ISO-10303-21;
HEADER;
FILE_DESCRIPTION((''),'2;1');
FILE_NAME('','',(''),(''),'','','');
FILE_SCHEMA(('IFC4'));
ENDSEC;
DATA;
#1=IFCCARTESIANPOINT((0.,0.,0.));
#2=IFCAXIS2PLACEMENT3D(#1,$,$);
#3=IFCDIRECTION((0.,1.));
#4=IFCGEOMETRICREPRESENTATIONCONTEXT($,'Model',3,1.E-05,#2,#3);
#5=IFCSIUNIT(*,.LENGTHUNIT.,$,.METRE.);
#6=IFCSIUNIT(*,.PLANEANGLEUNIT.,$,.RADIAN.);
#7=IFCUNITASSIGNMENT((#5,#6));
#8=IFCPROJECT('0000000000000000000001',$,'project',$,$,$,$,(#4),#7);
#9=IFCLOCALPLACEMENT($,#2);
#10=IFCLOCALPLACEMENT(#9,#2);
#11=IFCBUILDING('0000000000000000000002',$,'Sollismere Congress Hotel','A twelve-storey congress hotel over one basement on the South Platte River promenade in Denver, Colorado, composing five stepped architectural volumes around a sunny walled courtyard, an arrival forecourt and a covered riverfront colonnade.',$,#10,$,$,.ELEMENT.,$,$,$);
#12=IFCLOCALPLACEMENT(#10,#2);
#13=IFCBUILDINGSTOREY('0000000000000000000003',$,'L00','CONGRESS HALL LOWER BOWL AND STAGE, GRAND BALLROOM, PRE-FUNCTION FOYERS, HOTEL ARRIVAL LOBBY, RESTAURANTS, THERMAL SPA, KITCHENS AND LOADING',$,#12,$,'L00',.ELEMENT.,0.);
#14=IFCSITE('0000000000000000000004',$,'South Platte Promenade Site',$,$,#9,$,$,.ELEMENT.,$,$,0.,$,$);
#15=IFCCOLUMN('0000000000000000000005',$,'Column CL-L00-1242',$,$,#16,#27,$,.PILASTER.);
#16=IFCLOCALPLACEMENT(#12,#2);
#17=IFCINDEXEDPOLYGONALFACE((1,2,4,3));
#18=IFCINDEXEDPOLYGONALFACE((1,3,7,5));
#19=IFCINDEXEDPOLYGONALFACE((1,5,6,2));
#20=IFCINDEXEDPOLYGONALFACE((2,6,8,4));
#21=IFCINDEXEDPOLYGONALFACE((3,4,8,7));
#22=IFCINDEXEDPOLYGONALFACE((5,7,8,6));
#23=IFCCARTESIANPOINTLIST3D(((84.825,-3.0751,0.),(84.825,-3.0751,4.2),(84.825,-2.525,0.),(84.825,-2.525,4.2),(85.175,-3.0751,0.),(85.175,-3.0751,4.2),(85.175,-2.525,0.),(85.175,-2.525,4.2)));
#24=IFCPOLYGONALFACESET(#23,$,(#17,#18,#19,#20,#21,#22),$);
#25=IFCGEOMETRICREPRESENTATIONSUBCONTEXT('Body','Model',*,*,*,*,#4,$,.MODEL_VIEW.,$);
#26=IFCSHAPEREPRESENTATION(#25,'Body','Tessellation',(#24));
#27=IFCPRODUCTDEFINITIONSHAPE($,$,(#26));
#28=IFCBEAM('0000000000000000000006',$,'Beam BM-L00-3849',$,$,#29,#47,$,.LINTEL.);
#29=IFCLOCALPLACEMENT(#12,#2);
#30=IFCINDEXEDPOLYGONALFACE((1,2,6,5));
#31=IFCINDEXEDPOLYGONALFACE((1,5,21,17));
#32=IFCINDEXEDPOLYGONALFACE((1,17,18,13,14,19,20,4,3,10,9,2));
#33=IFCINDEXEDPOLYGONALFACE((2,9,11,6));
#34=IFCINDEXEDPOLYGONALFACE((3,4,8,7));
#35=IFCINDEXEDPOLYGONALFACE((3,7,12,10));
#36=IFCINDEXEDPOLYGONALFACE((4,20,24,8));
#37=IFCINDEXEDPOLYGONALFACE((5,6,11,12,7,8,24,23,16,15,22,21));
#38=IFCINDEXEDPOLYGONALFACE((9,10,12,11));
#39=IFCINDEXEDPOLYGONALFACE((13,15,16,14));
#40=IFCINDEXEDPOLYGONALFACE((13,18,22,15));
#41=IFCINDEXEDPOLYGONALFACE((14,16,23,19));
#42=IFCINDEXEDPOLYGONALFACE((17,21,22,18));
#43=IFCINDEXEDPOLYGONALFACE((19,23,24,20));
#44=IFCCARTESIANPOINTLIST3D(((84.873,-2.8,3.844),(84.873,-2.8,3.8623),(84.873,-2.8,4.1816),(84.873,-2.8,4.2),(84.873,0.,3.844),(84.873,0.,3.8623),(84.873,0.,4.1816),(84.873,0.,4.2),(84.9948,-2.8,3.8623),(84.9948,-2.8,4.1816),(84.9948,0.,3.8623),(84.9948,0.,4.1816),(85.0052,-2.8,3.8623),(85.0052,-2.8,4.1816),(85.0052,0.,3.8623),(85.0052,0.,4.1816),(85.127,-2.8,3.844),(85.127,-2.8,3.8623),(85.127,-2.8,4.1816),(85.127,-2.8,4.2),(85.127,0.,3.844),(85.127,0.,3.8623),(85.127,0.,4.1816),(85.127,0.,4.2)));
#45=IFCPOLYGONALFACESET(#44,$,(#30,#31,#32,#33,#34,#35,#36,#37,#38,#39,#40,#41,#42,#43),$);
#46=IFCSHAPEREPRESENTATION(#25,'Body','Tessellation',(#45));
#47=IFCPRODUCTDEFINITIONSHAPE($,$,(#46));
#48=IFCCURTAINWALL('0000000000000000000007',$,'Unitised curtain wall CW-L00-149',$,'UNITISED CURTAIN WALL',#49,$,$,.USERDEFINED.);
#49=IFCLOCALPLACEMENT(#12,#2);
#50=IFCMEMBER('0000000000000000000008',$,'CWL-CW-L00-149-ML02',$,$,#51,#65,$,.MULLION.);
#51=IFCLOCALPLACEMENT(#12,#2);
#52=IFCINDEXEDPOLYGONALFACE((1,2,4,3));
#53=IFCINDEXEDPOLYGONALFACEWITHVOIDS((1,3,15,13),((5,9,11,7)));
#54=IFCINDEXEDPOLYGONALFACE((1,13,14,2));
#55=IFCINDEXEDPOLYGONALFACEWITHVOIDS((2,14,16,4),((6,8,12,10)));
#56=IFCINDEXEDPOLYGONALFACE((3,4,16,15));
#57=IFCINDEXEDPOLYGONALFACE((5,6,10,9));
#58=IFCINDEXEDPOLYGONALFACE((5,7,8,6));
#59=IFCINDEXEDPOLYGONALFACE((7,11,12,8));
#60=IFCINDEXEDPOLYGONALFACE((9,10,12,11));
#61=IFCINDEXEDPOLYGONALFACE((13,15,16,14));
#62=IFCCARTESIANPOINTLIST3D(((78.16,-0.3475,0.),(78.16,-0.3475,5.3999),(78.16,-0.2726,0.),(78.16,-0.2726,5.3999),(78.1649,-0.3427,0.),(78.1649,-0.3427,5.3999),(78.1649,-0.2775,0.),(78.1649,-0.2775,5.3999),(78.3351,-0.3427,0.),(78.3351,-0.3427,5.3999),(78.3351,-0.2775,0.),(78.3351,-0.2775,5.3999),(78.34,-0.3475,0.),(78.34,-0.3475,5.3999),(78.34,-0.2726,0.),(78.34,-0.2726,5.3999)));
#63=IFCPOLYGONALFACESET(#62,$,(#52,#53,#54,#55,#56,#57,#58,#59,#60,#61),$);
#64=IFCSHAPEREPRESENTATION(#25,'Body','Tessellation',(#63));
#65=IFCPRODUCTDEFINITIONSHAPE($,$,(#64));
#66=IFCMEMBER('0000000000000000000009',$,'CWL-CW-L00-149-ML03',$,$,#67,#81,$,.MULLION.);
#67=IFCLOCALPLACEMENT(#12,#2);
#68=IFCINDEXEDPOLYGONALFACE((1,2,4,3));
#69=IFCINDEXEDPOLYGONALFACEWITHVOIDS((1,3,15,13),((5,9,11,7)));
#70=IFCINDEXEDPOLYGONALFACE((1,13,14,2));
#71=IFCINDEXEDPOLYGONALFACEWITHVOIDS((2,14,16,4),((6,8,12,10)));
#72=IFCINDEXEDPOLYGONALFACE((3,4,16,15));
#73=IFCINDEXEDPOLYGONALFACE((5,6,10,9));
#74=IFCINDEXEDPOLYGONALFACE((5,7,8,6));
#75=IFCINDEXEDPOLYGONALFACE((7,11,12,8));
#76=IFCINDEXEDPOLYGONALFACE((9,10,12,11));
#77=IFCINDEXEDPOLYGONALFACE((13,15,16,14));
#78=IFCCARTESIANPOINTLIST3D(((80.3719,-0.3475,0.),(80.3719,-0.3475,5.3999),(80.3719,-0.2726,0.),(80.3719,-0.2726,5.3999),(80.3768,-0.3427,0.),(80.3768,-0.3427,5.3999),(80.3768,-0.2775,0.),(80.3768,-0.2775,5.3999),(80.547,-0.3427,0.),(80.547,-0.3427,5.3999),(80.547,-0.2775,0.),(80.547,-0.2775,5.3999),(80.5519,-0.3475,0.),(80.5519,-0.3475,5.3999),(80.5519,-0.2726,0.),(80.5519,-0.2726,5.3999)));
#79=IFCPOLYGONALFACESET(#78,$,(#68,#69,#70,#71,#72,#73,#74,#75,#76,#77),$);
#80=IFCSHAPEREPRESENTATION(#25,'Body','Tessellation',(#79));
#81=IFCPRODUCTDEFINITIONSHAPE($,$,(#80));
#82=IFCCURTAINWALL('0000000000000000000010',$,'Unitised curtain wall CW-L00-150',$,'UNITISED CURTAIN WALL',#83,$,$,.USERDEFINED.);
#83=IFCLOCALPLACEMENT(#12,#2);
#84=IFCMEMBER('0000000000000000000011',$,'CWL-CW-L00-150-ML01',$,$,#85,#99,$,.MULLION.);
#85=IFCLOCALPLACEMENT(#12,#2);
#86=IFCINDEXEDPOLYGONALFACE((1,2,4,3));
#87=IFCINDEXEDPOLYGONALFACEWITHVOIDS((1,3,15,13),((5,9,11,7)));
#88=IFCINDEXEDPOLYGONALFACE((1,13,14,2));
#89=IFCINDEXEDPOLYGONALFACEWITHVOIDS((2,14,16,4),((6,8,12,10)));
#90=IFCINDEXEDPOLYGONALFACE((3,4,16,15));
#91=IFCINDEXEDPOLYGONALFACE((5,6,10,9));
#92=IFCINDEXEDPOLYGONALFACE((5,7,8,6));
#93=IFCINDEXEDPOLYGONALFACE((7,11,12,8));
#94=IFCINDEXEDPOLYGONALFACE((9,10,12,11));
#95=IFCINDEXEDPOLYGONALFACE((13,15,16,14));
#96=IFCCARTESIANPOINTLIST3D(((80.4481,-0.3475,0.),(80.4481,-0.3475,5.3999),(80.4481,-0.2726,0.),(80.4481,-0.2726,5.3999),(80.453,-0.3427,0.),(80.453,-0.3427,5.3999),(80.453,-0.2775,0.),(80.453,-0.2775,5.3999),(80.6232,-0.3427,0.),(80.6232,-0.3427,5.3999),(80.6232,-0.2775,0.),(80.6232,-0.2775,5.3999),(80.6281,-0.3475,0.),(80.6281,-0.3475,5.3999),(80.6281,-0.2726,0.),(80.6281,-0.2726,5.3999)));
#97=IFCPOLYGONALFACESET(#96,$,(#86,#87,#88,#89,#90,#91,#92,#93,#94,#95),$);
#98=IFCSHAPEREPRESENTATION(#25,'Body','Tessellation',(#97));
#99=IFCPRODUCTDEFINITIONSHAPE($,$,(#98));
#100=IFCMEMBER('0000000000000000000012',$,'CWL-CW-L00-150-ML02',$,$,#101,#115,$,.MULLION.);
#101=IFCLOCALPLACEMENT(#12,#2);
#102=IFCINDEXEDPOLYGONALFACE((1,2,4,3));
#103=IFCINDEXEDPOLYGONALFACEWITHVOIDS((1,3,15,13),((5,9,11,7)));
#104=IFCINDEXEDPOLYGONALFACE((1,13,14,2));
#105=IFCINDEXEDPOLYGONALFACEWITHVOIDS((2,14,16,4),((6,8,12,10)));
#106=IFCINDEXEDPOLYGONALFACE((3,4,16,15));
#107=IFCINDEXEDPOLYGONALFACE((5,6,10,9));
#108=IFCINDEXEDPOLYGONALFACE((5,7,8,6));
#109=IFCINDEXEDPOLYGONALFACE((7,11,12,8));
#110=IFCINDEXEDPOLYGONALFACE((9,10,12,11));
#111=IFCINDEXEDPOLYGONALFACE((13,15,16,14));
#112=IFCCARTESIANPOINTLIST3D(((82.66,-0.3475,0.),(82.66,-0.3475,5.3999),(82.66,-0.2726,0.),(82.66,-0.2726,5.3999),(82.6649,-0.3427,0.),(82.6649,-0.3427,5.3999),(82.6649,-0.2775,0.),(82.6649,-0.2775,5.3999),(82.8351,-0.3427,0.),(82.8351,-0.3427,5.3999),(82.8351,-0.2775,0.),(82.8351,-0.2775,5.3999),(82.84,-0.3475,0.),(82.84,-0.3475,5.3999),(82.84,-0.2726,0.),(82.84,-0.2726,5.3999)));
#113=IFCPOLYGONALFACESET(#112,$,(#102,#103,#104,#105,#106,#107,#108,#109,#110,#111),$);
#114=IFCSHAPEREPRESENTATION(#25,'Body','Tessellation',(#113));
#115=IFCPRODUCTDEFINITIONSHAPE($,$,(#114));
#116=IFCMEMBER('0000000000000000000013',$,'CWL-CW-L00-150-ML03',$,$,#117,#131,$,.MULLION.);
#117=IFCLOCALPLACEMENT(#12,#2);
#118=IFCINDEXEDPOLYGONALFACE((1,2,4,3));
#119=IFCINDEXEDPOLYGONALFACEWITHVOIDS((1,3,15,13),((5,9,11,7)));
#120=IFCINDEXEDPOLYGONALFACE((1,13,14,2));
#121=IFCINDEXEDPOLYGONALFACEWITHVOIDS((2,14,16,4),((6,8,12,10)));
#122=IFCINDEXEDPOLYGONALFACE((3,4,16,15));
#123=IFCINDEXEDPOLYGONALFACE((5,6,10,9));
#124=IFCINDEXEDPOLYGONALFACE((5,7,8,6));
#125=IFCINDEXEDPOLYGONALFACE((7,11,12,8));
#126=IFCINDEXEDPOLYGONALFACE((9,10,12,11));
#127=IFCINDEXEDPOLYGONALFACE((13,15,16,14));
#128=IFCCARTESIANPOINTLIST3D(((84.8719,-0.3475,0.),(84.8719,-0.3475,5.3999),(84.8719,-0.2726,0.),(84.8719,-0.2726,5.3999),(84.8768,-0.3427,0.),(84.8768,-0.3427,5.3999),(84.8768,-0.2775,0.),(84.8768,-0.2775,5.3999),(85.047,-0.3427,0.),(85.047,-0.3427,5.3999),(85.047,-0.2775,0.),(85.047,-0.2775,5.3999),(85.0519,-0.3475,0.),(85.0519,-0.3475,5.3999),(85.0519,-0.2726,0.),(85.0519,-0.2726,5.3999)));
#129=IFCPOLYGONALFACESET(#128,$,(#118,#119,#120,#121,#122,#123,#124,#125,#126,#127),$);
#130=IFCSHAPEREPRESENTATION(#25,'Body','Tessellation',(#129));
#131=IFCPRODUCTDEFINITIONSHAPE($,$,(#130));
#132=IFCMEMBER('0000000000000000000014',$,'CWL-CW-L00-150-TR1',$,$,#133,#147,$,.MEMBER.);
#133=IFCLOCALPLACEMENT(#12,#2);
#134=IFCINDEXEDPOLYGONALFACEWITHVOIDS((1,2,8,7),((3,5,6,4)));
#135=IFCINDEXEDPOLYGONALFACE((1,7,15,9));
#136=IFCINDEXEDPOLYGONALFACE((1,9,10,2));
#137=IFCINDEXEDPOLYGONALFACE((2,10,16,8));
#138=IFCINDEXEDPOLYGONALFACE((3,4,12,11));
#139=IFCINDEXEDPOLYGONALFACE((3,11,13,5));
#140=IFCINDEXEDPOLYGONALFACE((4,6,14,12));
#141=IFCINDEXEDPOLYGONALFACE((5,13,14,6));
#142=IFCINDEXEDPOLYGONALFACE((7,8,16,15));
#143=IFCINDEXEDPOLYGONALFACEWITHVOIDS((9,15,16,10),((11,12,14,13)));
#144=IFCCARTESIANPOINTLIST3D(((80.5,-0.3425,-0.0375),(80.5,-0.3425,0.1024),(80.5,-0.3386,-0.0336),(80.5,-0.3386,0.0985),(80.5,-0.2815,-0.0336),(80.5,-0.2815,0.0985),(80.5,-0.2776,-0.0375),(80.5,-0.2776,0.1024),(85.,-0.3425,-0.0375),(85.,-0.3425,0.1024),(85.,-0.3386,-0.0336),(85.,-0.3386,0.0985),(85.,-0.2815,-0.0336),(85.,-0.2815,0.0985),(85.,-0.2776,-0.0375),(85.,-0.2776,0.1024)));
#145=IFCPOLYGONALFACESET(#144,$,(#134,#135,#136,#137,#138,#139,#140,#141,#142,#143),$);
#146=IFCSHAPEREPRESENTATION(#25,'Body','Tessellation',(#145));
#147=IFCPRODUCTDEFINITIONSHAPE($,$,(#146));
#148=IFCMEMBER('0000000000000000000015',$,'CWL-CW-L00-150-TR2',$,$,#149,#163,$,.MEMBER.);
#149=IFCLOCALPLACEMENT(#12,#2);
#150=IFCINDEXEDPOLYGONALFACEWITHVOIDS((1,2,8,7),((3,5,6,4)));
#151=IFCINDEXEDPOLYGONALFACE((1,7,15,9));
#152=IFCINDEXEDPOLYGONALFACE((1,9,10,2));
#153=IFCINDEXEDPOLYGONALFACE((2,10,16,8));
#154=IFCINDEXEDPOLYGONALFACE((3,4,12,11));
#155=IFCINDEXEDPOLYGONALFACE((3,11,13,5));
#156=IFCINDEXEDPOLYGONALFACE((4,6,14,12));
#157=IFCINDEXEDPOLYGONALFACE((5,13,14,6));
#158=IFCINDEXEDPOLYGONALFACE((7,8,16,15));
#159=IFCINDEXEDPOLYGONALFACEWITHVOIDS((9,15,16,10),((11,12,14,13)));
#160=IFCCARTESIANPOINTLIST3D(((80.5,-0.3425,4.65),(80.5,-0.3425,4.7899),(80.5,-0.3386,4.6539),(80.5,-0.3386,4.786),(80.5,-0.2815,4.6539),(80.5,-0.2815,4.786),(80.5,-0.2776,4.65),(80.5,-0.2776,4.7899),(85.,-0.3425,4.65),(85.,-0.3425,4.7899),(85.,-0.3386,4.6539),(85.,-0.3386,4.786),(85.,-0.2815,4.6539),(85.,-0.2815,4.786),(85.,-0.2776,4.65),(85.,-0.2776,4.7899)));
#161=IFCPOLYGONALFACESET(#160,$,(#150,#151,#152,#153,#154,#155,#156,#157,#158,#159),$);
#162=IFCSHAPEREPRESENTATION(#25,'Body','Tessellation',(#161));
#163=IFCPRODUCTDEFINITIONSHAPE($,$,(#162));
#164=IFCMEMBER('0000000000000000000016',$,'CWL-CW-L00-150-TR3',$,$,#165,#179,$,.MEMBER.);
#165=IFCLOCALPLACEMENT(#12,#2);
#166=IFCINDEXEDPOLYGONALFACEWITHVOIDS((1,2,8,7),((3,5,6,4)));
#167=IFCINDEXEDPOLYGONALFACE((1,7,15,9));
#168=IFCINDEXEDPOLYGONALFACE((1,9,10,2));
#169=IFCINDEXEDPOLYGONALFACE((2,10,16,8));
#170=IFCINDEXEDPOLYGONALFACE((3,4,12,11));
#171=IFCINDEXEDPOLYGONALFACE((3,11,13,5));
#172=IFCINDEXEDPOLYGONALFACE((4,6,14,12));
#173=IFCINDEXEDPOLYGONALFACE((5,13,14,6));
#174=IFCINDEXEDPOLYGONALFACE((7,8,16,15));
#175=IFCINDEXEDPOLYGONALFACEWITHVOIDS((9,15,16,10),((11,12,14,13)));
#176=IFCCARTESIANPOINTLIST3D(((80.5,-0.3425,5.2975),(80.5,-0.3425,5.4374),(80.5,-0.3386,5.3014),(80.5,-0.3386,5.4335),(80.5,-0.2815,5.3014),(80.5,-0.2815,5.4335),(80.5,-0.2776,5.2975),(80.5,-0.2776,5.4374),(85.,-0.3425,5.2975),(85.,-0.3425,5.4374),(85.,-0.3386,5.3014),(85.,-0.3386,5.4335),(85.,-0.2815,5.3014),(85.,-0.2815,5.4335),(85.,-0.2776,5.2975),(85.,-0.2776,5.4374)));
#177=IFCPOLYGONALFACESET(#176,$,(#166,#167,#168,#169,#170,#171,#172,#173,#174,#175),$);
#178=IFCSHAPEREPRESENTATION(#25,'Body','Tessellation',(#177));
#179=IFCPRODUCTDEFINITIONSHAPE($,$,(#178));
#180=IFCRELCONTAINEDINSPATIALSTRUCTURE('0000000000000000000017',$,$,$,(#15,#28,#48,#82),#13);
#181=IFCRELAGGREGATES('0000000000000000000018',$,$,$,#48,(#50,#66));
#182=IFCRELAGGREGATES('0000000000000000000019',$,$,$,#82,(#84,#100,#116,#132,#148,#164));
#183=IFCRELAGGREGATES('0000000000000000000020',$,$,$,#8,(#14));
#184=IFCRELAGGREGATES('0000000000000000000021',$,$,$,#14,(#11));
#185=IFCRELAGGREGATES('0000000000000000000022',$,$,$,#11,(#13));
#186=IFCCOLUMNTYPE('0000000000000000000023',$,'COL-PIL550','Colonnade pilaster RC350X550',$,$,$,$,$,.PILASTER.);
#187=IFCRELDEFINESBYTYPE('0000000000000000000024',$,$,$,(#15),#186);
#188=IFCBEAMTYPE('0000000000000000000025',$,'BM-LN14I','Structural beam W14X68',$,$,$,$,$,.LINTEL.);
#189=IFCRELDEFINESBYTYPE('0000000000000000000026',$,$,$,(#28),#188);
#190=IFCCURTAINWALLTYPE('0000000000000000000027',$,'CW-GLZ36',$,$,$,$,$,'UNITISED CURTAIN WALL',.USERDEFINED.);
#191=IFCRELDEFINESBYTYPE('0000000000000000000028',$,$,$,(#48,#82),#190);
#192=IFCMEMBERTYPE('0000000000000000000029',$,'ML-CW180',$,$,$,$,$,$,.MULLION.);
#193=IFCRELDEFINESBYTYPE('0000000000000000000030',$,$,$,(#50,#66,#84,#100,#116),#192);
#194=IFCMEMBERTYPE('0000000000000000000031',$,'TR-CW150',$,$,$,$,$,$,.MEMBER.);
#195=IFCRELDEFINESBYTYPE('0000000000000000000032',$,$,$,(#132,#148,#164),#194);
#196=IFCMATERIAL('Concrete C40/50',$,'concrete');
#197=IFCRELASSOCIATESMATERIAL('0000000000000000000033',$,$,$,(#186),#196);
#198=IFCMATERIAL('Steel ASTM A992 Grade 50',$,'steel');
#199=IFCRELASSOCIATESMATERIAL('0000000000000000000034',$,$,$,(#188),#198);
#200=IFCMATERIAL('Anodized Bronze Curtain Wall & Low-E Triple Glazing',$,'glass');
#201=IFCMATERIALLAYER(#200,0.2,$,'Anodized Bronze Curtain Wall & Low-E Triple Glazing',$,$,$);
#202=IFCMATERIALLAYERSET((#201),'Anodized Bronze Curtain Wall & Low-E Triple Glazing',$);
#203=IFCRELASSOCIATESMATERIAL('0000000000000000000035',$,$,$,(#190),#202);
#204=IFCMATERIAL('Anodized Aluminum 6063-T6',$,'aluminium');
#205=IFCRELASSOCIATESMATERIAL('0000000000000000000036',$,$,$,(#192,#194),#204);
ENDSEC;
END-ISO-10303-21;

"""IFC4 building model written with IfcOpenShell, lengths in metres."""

from ifc_helpers import new_model, si_unit, direction, frame, origin, origin_2d, place, context, subcontext, project, spatial, rectangle, hollow_rectangle, i_section, extrude, material, layer, layer_set, material_profile, profile_set, type_object, element, aggregate, save


model = new_model("IFC4")

# Units and contexts
model_context = context("Model", 3, precision=1e-05, world=origin(), true_north=direction((0.0, 1.0)))
body_context = subcontext(model_context, "Body", "Model", "MODEL_VIEW")
ifc_project = project(units=[si_unit("LENGTHUNIT", "METRE"), si_unit("PLANEANGLEUNIT", "RADIAN")], contexts=[model_context])

# Site, building, storey
site_placement = place(None, origin())
site = spatial("IfcSite", under=ifc_project, at=site_placement, Name="South Platte Promenade Site", CompositionType="ELEMENT", RefElevation=0.0)
building_placement = place(site_placement, origin())
building = spatial("IfcBuilding", under=site, at=building_placement, Name="Sollismere Congress Hotel", Description="A twelve-storey congress hotel over one basement on the South Platte River promenade in Denver, Colorado, composing five stepped architectural volumes around a sunny walled courtyard, an arrival forecourt and a covered riverfront colonnade.", CompositionType="ELEMENT")
storey_placement = place(building_placement, origin())
storey = spatial("IfcBuildingStorey", under=building, at=storey_placement, Name="L00", Description="CONGRESS HALL LOWER BOWL AND STAGE, GRAND BALLROOM, PRE-FUNCTION FOYERS, HOTEL ARRIVAL LOBBY, RESTAURANTS, THERMAL SPA, KITCHENS AND LOADING", LongName="L00", CompositionType="ELEMENT", Elevation=0.0)

# Column
ifc_material_1 = material(Name="Concrete C40/50", Category="concrete")
ifc_material_profile_1 = material_profile(ifc_material_1, rectangle(XDim=0.3501, YDim=0.55, at=origin_2d()), Name="RC350X550")
ifc_profile_set_1 = profile_set([ifc_material_profile_1], Name="Concrete C40/50")
column_type = type_object("IfcColumnType", Name="COL-PIL550", Description="Colonnade pilaster RC350X550", PredefinedType="PILASTER", material=ifc_profile_set_1)
column_placement = place(storey_placement, frame((85.0, -2.8, 0.0), z_axis=(0.0, 0.0, 1.0), x_axis=(1.0, 0.0, 0.0)))
element("IfcColumn", 1, at=column_placement, inside=storey, type_object=column_type, Name="Column CL-L00-1242", PredefinedType="PILASTER", context=body_context, shape_type="SweptSolid", body=[
    extrude(rectangle(XDim=0.3501, YDim=0.55, at=origin_2d()), origin(), (0.0, 0.0, 1.0), 4.2),
])

# Beam
ifc_material_2 = material(Name="Steel ASTM A992 Grade 50", Category="steel")
ifc_material_profile_2 = material_profile(ifc_material_2, i_section(OverallWidth=0.2539, OverallDepth=0.356, WebThickness=0.0105, FlangeThickness=0.0183, at=origin_2d()), Name="W14X68")
ifc_profile_set_2 = profile_set([ifc_material_profile_2], Name="Steel ASTM A992 Grade 50")
beam_type = type_object("IfcBeamType", Name="BM-LN14I", Description="Structural beam W14X68", PredefinedType="LINTEL", material=ifc_profile_set_2)
beam_placement = place(storey_placement, frame((85.0, -2.8, 4.022), z_axis=(0.0, 1.0, 0.0), x_axis=(-1.0, 0.0, 0.0)))
element("IfcBeam", 2, at=beam_placement, inside=storey, type_object=beam_type, Name="Beam BM-L00-3849", PredefinedType="LINTEL", context=body_context, shape_type="SweptSolid", body=[
    extrude(i_section(OverallWidth=0.2539, OverallDepth=0.356, WebThickness=0.0105, FlangeThickness=0.0183, at=origin_2d()), origin(), (0.0, 0.0, 1.0), 2.8),
])

# Curtain walls, members
ifc_material_3 = material(Name="Anodized Bronze Curtain Wall & Low-E Triple Glazing", Category="glass")
ifc_layer_1 = layer(ifc_material_3, 0.2, Name="Anodized Bronze Curtain Wall & Low-E Triple Glazing")
ifc_layer_set_1 = layer_set([ifc_layer_1], Name="Anodized Bronze Curtain Wall & Low-E Triple Glazing")
curtain_wall_type = type_object("IfcCurtainWallType", Name="CW-GLZ36", ElementType="UNITISED CURTAIN WALL", PredefinedType="USERDEFINED", material=ifc_layer_set_1)
curtain_wall_1_placement = place(storey_placement, origin())
curtain_wall_1 = element("IfcCurtainWall", 3, at=curtain_wall_1_placement, inside=storey, type_object=curtain_wall_type, Name="Unitised curtain wall CW-L00-149", ObjectType="UNITISED CURTAIN WALL", PredefinedType="USERDEFINED")
ifc_material_4 = material(Name="Anodized Aluminum 6063-T6", Category="aluminium")
ifc_material_profile_3 = material_profile(ifc_material_4, hollow_rectangle(XDim=0.075, YDim=0.1799, WallThickness=0.0049, at=origin_2d()), Name="ALU180X75X5")
ifc_profile_set_3 = profile_set([ifc_material_profile_3], Name="Anodized Aluminum 6063-T6")
member_type_1 = type_object("IfcMemberType", Name="ML-CW180", PredefinedType="MULLION", material=ifc_profile_set_3)
member_1_placement = place(storey_placement, frame((78.25, -0.3101, 0.0), z_axis=(0.0, 0.0, 1.0), x_axis=(0.0, 1.0, 0.0)))
member_1 = element("IfcMember", 4, at=member_1_placement, type_object=member_type_1, Name="CWL-CW-L00-149-ML02", PredefinedType="MULLION", context=body_context, shape_type="SweptSolid", body=[
    extrude(hollow_rectangle(XDim=0.075, YDim=0.1799, WallThickness=0.0049, at=origin_2d()), origin(), (0.0, 0.0, 1.0), 5.3999),
])
member_2_placement = place(storey_placement, frame((80.4619, -0.3101, 0.0), z_axis=(0.0, 0.0, 1.0), x_axis=(0.0, 1.0, 0.0)))
member_2 = element("IfcMember", 5, at=member_2_placement, type_object=member_type_1, Name="CWL-CW-L00-149-ML03", PredefinedType="MULLION", context=body_context, shape_type="SweptSolid", body=[
    extrude(hollow_rectangle(XDim=0.075, YDim=0.1799, WallThickness=0.0049, at=origin_2d()), origin(), (0.0, 0.0, 1.0), 5.3999),
])
curtain_wall_2_placement = place(storey_placement, origin())
curtain_wall_2 = element("IfcCurtainWall", 6, at=curtain_wall_2_placement, inside=storey, type_object=curtain_wall_type, Name="Unitised curtain wall CW-L00-150", ObjectType="UNITISED CURTAIN WALL", PredefinedType="USERDEFINED")
member_3_placement = place(storey_placement, frame((80.5381, -0.3101, 0.0), z_axis=(0.0, 0.0, 1.0), x_axis=(0.0, 1.0, 0.0)))
member_3 = element("IfcMember", 7, at=member_3_placement, type_object=member_type_1, Name="CWL-CW-L00-150-ML01", PredefinedType="MULLION", context=body_context, shape_type="SweptSolid", body=[
    extrude(hollow_rectangle(XDim=0.075, YDim=0.1799, WallThickness=0.0049, at=origin_2d()), origin(), (0.0, 0.0, 1.0), 5.3999),
])
member_4_placement = place(storey_placement, frame((82.75, -0.3101, 0.0), z_axis=(0.0, 0.0, 1.0), x_axis=(0.0, 1.0, 0.0)))
member_4 = element("IfcMember", 8, at=member_4_placement, type_object=member_type_1, Name="CWL-CW-L00-150-ML02", PredefinedType="MULLION", context=body_context, shape_type="SweptSolid", body=[
    extrude(hollow_rectangle(XDim=0.075, YDim=0.1799, WallThickness=0.0049, at=origin_2d()), origin(), (0.0, 0.0, 1.0), 5.3999),
])
member_5_placement = place(storey_placement, frame((84.9619, -0.3101, 0.0), z_axis=(0.0, 0.0, 1.0), x_axis=(0.0, 1.0, 0.0)))
member_5 = element("IfcMember", 9, at=member_5_placement, type_object=member_type_1, Name="CWL-CW-L00-150-ML03", PredefinedType="MULLION", context=body_context, shape_type="SweptSolid", body=[
    extrude(hollow_rectangle(XDim=0.075, YDim=0.1799, WallThickness=0.0049, at=origin_2d()), origin(), (0.0, 0.0, 1.0), 5.3999),
])
ifc_material_profile_4 = material_profile(ifc_material_4, hollow_rectangle(XDim=0.0649, YDim=0.1399, WallThickness=0.0039, at=origin_2d()), Name="ALU140X65X4")
ifc_profile_set_4 = profile_set([ifc_material_profile_4], Name="Anodized Aluminum 6063-T6")
member_type_2 = type_object("IfcMemberType", Name="TR-CW150", PredefinedType="MEMBER", material=ifc_profile_set_4)
member_6_placement = place(storey_placement, frame((80.5, -0.3101, 0.0325), z_axis=(1.0, 0.0, 0.0), x_axis=(0.0, 1.0, 0.0)))
member_6 = element("IfcMember", 10, at=member_6_placement, type_object=member_type_2, Name="CWL-CW-L00-150-TR1", PredefinedType="MEMBER", context=body_context, shape_type="SweptSolid", body=[
    extrude(hollow_rectangle(XDim=0.0649, YDim=0.1399, WallThickness=0.0039, at=origin_2d()), origin(), (0.0, 0.0, 1.0), 4.5),
])
member_7_placement = place(storey_placement, frame((80.5, -0.3101, 4.72), z_axis=(1.0, 0.0, 0.0), x_axis=(0.0, 1.0, 0.0)))
member_7 = element("IfcMember", 11, at=member_7_placement, type_object=member_type_2, Name="CWL-CW-L00-150-TR2", PredefinedType="MEMBER", context=body_context, shape_type="SweptSolid", body=[
    extrude(hollow_rectangle(XDim=0.0649, YDim=0.1399, WallThickness=0.0039, at=origin_2d()), origin(), (0.0, 0.0, 1.0), 4.5),
])
member_8_placement = place(storey_placement, frame((80.5, -0.3101, 5.3674), z_axis=(1.0, 0.0, 0.0), x_axis=(0.0, 1.0, 0.0)))
member_8 = element("IfcMember", 12, at=member_8_placement, type_object=member_type_2, Name="CWL-CW-L00-150-TR3", PredefinedType="MEMBER", context=body_context, shape_type="SweptSolid", body=[
    extrude(hollow_rectangle(XDim=0.0649, YDim=0.1399, WallThickness=0.0039, at=origin_2d()), origin(), (0.0, 0.0, 1.0), 4.5),
])

aggregate(curtain_wall_1, [member_1, member_2])
aggregate(curtain_wall_2, [member_3, member_4, member_5, member_6, member_7, member_8])

save(model, "model.ifc")
